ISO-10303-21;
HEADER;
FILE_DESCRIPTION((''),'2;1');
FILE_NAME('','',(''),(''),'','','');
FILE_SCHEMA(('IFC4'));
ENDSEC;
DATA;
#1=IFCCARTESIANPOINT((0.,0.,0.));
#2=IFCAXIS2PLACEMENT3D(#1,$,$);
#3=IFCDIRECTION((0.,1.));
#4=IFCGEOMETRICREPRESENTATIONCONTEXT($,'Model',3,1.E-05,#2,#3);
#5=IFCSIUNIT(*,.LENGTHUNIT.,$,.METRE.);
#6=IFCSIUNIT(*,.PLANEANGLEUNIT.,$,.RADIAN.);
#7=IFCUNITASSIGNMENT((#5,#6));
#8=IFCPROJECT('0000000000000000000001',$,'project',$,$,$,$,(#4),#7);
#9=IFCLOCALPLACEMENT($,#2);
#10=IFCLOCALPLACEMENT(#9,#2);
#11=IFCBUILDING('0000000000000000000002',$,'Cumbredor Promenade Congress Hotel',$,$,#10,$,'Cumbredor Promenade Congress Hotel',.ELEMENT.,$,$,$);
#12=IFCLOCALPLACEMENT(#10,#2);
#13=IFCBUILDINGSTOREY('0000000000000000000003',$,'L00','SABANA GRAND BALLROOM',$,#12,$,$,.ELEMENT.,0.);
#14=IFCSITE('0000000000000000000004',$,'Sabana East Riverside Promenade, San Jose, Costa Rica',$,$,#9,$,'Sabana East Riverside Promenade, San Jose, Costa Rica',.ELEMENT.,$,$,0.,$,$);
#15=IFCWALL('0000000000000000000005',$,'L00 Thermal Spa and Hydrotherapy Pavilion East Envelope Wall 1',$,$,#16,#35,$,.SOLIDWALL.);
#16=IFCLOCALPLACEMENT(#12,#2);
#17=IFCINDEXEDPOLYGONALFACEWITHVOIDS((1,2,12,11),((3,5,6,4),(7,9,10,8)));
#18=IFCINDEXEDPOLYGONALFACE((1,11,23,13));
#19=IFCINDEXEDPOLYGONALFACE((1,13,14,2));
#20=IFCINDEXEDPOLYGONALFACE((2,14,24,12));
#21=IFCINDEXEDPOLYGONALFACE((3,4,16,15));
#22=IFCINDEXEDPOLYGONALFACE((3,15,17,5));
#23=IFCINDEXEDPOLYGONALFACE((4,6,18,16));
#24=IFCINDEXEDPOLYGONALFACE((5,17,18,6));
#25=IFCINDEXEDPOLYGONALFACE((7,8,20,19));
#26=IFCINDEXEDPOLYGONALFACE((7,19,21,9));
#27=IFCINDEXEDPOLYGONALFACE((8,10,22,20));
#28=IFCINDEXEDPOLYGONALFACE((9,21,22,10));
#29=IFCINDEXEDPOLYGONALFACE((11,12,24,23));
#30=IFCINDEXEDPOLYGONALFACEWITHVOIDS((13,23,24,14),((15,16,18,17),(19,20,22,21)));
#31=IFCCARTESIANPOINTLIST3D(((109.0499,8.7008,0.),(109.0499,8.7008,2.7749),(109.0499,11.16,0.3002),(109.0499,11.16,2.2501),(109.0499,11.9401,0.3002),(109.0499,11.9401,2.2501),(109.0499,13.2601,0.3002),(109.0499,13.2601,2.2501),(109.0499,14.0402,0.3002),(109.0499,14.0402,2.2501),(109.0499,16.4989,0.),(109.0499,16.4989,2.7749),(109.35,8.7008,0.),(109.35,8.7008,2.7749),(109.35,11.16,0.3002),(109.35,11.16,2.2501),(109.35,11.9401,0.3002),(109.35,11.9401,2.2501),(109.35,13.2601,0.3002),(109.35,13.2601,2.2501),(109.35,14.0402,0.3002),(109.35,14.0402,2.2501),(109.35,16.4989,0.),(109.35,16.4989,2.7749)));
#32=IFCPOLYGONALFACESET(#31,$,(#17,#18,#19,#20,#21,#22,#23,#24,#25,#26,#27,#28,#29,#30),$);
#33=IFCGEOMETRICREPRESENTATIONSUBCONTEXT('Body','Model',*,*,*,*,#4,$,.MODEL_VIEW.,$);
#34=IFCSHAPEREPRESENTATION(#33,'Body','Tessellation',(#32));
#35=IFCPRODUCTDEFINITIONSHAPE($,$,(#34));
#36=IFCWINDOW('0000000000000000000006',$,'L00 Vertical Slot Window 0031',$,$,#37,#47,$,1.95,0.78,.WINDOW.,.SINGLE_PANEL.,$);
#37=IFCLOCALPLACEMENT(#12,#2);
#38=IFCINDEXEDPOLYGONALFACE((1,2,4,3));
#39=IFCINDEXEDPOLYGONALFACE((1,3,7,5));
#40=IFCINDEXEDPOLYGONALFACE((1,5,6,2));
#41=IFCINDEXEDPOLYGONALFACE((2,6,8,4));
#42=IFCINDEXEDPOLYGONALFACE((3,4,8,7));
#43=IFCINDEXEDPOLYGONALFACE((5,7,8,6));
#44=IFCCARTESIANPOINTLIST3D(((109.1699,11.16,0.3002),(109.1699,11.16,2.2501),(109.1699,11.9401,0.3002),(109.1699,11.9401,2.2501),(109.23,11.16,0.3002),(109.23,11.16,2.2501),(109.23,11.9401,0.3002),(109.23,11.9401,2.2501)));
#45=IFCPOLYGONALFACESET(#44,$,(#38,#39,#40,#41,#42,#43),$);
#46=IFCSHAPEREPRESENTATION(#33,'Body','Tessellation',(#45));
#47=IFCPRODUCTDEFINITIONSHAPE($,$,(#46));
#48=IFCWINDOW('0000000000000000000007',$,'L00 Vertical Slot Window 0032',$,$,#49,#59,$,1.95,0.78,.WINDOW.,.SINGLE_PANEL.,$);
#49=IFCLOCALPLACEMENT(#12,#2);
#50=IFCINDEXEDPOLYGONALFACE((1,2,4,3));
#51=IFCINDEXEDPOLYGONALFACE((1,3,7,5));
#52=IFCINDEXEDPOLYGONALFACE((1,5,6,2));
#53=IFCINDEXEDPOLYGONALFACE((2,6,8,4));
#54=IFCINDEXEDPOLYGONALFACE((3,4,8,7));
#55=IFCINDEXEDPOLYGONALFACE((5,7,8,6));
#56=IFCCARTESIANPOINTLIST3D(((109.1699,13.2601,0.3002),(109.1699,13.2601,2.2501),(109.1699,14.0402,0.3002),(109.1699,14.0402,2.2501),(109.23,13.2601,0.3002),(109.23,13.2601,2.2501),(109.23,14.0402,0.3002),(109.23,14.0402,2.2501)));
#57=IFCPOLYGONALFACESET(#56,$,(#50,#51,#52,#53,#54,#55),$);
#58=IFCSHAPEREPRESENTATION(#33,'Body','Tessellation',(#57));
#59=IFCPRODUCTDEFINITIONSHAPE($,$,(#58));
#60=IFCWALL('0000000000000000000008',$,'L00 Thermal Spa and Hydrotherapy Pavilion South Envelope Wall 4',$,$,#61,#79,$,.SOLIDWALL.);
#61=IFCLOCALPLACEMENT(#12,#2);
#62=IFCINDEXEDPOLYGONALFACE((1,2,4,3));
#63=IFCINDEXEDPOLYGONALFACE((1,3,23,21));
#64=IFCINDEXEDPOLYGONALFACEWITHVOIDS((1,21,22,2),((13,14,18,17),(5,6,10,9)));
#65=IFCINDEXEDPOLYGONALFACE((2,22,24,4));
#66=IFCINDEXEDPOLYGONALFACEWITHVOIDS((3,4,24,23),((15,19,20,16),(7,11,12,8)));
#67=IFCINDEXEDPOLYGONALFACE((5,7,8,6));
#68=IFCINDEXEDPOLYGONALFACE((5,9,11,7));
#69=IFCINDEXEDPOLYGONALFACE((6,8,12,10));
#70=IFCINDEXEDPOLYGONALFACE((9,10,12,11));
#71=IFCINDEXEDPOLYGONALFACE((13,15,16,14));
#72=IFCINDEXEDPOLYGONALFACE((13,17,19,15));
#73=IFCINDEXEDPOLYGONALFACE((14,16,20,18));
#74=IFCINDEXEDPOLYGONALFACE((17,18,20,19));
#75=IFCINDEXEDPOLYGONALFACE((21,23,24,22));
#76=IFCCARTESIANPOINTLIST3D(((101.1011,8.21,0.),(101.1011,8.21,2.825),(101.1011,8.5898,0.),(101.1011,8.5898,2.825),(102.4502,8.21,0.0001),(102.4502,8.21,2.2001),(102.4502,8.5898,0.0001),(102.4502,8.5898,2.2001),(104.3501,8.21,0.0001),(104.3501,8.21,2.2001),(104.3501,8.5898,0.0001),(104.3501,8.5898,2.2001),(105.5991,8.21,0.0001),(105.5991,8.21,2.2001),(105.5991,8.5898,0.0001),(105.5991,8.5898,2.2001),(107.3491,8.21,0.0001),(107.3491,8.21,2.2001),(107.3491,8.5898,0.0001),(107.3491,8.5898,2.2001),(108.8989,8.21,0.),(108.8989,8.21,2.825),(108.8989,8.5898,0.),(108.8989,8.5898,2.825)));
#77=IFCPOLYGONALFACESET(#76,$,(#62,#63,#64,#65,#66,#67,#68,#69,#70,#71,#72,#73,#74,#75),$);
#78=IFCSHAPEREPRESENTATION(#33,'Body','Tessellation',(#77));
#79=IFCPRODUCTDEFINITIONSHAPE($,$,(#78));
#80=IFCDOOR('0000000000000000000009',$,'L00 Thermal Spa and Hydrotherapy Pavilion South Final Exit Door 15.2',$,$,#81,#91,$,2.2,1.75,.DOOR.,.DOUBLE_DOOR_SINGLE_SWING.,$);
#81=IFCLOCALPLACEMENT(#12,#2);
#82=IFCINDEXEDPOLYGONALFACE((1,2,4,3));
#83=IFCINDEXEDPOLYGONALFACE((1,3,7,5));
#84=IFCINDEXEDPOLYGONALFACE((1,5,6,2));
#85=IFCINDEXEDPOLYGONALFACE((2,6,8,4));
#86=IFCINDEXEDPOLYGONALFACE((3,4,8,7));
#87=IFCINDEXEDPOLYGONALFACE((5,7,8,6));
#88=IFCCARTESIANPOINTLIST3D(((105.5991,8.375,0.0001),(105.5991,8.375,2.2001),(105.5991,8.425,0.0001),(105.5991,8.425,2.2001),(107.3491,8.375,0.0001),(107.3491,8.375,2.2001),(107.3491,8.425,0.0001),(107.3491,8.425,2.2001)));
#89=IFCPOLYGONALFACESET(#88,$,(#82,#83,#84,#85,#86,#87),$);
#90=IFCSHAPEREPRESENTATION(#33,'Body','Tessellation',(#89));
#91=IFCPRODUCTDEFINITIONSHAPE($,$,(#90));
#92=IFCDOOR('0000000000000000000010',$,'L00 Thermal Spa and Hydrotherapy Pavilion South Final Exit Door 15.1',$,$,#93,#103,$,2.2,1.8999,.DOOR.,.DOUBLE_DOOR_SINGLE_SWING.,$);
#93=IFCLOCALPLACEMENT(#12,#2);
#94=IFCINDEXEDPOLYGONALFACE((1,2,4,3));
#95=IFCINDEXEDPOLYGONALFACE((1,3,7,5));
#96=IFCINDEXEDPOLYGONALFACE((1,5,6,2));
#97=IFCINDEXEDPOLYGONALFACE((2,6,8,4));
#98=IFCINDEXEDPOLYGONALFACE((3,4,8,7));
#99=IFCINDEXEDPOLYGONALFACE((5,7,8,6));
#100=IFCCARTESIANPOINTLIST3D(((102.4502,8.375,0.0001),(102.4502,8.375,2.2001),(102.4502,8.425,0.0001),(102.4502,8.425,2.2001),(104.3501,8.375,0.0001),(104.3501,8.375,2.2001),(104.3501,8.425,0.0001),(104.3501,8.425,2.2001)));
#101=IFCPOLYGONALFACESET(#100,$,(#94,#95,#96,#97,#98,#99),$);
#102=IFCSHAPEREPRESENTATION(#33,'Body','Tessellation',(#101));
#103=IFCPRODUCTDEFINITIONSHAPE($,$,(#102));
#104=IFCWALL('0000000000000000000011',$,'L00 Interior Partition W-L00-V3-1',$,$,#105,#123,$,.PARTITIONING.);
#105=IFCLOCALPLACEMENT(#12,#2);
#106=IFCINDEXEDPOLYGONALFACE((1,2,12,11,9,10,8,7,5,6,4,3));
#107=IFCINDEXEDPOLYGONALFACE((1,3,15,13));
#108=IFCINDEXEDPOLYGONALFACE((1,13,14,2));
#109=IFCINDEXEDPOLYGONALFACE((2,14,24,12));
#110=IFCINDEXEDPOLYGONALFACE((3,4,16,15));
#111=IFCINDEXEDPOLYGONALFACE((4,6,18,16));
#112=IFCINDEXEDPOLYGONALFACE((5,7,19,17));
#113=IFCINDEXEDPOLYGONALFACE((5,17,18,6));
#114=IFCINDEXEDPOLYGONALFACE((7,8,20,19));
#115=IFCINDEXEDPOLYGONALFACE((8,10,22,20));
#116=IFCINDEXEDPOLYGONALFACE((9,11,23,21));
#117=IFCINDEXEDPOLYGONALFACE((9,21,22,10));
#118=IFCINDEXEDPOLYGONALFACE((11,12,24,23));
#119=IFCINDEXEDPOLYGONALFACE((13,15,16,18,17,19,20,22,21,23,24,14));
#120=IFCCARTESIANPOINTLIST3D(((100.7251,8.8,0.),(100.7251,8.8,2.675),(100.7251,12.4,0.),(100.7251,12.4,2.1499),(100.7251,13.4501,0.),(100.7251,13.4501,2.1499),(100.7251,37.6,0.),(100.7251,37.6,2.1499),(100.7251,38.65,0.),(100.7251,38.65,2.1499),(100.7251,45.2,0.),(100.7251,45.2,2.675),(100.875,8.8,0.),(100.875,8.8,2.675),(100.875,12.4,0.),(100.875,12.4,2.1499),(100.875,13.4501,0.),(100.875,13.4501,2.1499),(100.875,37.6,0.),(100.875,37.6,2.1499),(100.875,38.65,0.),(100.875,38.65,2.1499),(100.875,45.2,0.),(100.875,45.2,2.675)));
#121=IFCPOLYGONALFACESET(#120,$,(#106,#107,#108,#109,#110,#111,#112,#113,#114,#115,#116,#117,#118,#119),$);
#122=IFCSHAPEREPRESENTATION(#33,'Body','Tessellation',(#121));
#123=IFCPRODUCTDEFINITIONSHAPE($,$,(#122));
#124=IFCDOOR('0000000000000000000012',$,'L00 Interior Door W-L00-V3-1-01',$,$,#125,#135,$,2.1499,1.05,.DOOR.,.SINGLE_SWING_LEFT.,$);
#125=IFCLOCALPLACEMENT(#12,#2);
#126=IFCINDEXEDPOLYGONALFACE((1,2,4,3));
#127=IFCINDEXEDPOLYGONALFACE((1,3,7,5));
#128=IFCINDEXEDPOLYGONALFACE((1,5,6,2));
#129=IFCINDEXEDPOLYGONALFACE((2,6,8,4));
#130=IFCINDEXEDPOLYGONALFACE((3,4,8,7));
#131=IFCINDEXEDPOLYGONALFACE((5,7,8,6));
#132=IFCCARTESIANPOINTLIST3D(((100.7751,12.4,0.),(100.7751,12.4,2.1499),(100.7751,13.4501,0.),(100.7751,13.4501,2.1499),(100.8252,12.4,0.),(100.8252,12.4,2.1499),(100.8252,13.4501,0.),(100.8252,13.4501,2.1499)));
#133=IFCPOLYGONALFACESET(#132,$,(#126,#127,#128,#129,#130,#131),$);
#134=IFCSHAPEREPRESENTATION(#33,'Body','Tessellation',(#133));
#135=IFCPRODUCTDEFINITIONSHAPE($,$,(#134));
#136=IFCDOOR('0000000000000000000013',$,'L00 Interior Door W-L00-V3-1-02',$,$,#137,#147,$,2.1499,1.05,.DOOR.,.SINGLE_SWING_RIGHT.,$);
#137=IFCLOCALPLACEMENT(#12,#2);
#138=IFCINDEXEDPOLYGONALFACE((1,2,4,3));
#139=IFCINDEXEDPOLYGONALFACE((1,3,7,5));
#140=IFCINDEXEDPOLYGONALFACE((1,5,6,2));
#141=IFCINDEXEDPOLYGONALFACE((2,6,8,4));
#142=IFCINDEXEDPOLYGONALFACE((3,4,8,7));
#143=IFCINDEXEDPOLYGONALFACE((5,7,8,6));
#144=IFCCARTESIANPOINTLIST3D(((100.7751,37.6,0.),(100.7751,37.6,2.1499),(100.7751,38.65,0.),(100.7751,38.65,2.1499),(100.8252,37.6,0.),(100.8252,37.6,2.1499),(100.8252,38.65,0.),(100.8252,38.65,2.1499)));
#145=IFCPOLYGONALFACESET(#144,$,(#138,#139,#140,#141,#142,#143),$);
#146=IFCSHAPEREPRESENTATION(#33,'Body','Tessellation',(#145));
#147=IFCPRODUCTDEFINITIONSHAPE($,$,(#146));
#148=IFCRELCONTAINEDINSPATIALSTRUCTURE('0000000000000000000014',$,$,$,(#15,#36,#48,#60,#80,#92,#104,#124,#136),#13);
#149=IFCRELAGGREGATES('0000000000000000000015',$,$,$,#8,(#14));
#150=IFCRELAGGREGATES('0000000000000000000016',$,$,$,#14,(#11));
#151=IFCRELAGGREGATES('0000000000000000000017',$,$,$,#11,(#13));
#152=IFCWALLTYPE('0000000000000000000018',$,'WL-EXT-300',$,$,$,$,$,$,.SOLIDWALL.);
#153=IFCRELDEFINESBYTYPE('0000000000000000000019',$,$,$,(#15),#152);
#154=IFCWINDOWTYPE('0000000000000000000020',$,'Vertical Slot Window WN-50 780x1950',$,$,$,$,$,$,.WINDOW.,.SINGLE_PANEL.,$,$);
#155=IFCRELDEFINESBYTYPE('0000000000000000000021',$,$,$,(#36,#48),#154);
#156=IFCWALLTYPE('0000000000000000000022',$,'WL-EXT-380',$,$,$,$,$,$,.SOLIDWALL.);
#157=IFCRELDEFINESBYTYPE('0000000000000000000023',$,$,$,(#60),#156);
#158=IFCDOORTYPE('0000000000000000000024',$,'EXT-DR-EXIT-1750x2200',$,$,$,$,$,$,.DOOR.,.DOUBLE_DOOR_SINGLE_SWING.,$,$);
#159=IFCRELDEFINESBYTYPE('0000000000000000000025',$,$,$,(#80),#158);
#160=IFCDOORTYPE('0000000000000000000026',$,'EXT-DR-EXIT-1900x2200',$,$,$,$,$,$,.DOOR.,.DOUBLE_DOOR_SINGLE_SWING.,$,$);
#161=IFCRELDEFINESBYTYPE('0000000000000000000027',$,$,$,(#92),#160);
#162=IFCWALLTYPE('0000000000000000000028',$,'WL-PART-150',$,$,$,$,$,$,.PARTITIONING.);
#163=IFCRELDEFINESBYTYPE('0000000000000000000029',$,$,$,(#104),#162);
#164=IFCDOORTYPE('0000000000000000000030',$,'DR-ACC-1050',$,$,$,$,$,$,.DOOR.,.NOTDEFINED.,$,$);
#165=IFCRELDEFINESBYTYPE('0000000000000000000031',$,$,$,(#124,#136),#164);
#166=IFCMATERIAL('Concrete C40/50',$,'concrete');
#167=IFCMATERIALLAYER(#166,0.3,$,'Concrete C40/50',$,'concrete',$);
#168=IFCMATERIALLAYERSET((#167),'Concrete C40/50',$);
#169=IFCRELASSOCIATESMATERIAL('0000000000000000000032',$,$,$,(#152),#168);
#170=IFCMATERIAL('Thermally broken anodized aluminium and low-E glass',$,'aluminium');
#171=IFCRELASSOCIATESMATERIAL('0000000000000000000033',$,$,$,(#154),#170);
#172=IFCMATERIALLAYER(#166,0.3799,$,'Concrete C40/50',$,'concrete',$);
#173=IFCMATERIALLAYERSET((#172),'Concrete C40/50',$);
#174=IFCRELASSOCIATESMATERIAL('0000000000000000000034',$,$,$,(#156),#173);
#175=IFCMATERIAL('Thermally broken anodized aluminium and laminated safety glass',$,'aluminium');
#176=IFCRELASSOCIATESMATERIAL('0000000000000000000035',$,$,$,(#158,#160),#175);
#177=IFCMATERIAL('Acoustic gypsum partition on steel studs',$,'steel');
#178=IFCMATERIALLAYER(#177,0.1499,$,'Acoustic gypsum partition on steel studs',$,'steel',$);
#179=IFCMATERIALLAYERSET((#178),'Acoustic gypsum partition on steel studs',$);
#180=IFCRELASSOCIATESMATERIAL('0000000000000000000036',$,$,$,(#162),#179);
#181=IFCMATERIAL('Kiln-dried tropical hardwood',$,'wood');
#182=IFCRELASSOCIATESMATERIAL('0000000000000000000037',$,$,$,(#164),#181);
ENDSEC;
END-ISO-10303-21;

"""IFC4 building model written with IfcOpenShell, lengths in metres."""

from ifc_helpers import new_model, si_unit, direction, frame, frame_2d, origin, place, context, subcontext, project, spatial, rectangle, extrude, material, layer, layer_set, type_object, element, fill, save


model = new_model("IFC4")

# Units and contexts
model_context = context("Model", 3, precision=1e-05, world=origin(), true_north=direction((0.0, 1.0)))
body_context = subcontext(model_context, "Body", "Model", "MODEL_VIEW")
ifc_project = project(units=[si_unit("LENGTHUNIT", "METRE"), si_unit("PLANEANGLEUNIT", "RADIAN")], contexts=[model_context])

# Site, building, storey
site_placement = place(None, origin())
site = spatial("IfcSite", under=ifc_project, at=site_placement, Name="Sabana East Riverside Promenade, San Jose, Costa Rica", LongName="Sabana East Riverside Promenade, San Jose, Costa Rica", CompositionType="ELEMENT", RefElevation=0.0)
building_placement = place(site_placement, origin())
building = spatial("IfcBuilding", under=site, at=building_placement, Name="Cumbredor Promenade Congress Hotel", LongName="Cumbredor Promenade Congress Hotel", CompositionType="ELEMENT")
storey_placement = place(building_placement, origin())
storey = spatial("IfcBuildingStorey", under=building, at=storey_placement, Name="L00", Description="SABANA GRAND BALLROOM", CompositionType="ELEMENT", Elevation=0.0)

# Shared definitions
ifc_material_1 = material(Name="Concrete C40/50", Category="concrete")

# Wall, openings, windows
ifc_layer_1 = layer(ifc_material_1, 0.3, Name="Concrete C40/50", Category="concrete")
ifc_layer_set_1 = layer_set([ifc_layer_1], Name="Concrete C40/50")
wall_type_1 = type_object("IfcWallType", Name="WL-EXT-300", PredefinedType="SOLIDWALL", material=ifc_layer_set_1)
wall_1_placement = place(storey_placement, frame((109.2, 8.7009, 0.0), z_axis=(0.0, 0.0, 1.0), x_axis=(0.0, 1.0, 0.0)))
wall_1 = element("IfcWall", 1, at=wall_1_placement, inside=storey, type_object=wall_type_1, Name="L00 Thermal Spa and Hydrotherapy Pavilion East Envelope Wall 1", PredefinedType="SOLIDWALL", context=body_context, shape_type="SweptSolid", body=[
    extrude(rectangle(XDim=7.7981, YDim=0.3, at=frame_2d((3.8989, 0.0))), origin(), (0.0, 0.0, 1.0), 2.7749),
])
opening_1_placement = place(wall_1_placement, frame((2.459, 0.0, 0.3)))
opening_1 = element("IfcOpeningElement", 2, at=opening_1_placement, cuts=wall_1, PredefinedType="OPENING", context=body_context, shape_type="SweptSolid", body=[
    extrude(rectangle(XDim=0.78, YDim=1.95, at=frame_2d((0.3901, 0.9751))), frame((0.0, 0.1602, 0.0), z_axis=(0.0, -1.0, 0.0), x_axis=(1.0, 0.0, 0.0)), (0.0, 0.0, 1.0), 0.3201),
])
opening_2_placement = place(wall_1_placement, frame((4.5591, 0.0, 0.3)))
opening_2 = element("IfcOpeningElement", 3, at=opening_2_placement, cuts=wall_1, PredefinedType="OPENING", context=body_context, shape_type="SweptSolid", body=[
    extrude(rectangle(XDim=0.78, YDim=1.95, at=frame_2d((0.3901, 0.9751))), frame((0.0, 0.1602, 0.0), z_axis=(0.0, -1.0, 0.0), x_axis=(1.0, 0.0, 0.0)), (0.0, 0.0, 1.0), 0.3201),
])
ifc_material_2 = material(Name="Thermally broken anodized aluminium and low-E glass", Category="aluminium")
window_type = type_object("IfcWindowType", Name="Vertical Slot Window WN-50 780x1950", PartitioningType="SINGLE_PANEL", PredefinedType="WINDOW", material=ifc_material_2)
window_1_placement = place(opening_1_placement, origin())
window_1 = element("IfcWindow", 4, at=window_1_placement, inside=storey, type_object=window_type, Name="L00 Vertical Slot Window 0031", OverallHeight=1.95, OverallWidth=0.78, PartitioningType="SINGLE_PANEL", PredefinedType="WINDOW", context=body_context, shape_type="SweptSolid", body=[
    extrude(rectangle(XDim=0.78, YDim=1.95, at=frame_2d((0.3901, 0.9751))), frame((0.0, 0.03, 0.0), z_axis=(0.0, -1.0, 0.0), x_axis=(1.0, 0.0, 0.0)), (0.0, 0.0, 1.0), 0.0601),
])
fill(opening_1, window_1)
window_2_placement = place(opening_2_placement, origin())
window_2 = element("IfcWindow", 5, at=window_2_placement, inside=storey, type_object=window_type, Name="L00 Vertical Slot Window 0032", OverallHeight=1.95, OverallWidth=0.78, PartitioningType="SINGLE_PANEL", PredefinedType="WINDOW", context=body_context, shape_type="SweptSolid", body=[
    extrude(rectangle(XDim=0.78, YDim=1.95, at=frame_2d((0.3901, 0.9751))), frame((0.0, 0.03, 0.0), z_axis=(0.0, -1.0, 0.0), x_axis=(1.0, 0.0, 0.0)), (0.0, 0.0, 1.0), 0.0601),
])
fill(opening_2, window_2)

# Walls, openings, doors
ifc_layer_2 = layer(ifc_material_1, 0.3799, Name="Concrete C40/50", Category="concrete")
ifc_layer_set_2 = layer_set([ifc_layer_2], Name="Concrete C40/50")
wall_type_2 = type_object("IfcWallType", Name="WL-EXT-380", PredefinedType="SOLIDWALL", material=ifc_layer_set_2)
wall_2_placement = place(storey_placement, frame((101.1011, 8.3999, 0.0), z_axis=(0.0, 0.0, 1.0), x_axis=(1.0, 0.0, 0.0)))
wall_2 = element("IfcWall", 6, at=wall_2_placement, inside=storey, type_object=wall_type_2, Name="L00 Thermal Spa and Hydrotherapy Pavilion South Envelope Wall 4", PredefinedType="SOLIDWALL", context=body_context, shape_type="SweptSolid", body=[
    extrude(rectangle(XDim=7.7979, YDim=0.3799, at=frame_2d((3.8989, 0.0))), origin(), (0.0, 0.0, 1.0), 2.825),
])
opening_3_placement = place(wall_2_placement, frame((1.3491, 0.0, 0.0)))
opening_3 = element("IfcOpeningElement", 7, at=opening_3_placement, cuts=wall_2, PredefinedType="OPENING", context=body_context, shape_type="SweptSolid", body=[
    extrude(rectangle(XDim=1.8999, YDim=2.2, at=frame_2d((0.95, 1.1001))), frame((0.0, 0.2, 0.0), z_axis=(0.0, -1.0, 0.0), x_axis=(1.0, 0.0, 0.0)), (0.0, 0.0, 1.0), 0.3999),
])
opening_4_placement = place(wall_2_placement, frame((4.498, 0.0, 0.0)))
opening_4 = element("IfcOpeningElement", 8, at=opening_4_placement, cuts=wall_2, PredefinedType="OPENING", context=body_context, shape_type="SweptSolid", body=[
    extrude(rectangle(XDim=1.75, YDim=2.2, at=frame_2d((0.875, 1.1001))), frame((0.0, 0.2, 0.0), z_axis=(0.0, -1.0, 0.0), x_axis=(1.0, 0.0, 0.0)), (0.0, 0.0, 1.0), 0.3999),
])
ifc_material_3 = material(Name="Thermally broken anodized aluminium and laminated safety glass", Category="aluminium")
door_type_1 = type_object("IfcDoorType", Name="EXT-DR-EXIT-1750x2200", OperationType="DOUBLE_DOOR_SINGLE_SWING", PredefinedType="DOOR", material=ifc_material_3)
door_1_placement = place(opening_4_placement, frame((1.75, 0.0, 0.0), z_axis=(0.0, 0.0, 1.0), x_axis=(-1.0, 0.0, 0.0)))
door_1 = element("IfcDoor", 9, at=door_1_placement, inside=storey, type_object=door_type_1, Name="L00 Thermal Spa and Hydrotherapy Pavilion South Final Exit Door 15.2", OperationType="DOUBLE_DOOR_SINGLE_SWING", OverallHeight=2.2, OverallWidth=1.75, PredefinedType="DOOR", context=body_context, shape_type="SweptSolid", body=[
    extrude(rectangle(XDim=1.75, YDim=2.2, at=frame_2d((0.875, 1.1001))), frame((0.0, 0.0249, 0.0), z_axis=(0.0, -1.0, 0.0), x_axis=(1.0, 0.0, 0.0)), (0.0, 0.0, 1.0), 0.05),
])
fill(opening_4, door_1)
door_type_2 = type_object("IfcDoorType", Name="EXT-DR-EXIT-1900x2200", OperationType="DOUBLE_DOOR_SINGLE_SWING", PredefinedType="DOOR", material=ifc_material_3)
door_2_placement = place(opening_3_placement, frame((1.8999, 0.0, 0.0), z_axis=(0.0, 0.0, 1.0), x_axis=(-1.0, 0.0, 0.0)))
door_2 = element("IfcDoor", 10, at=door_2_placement, inside=storey, type_object=door_type_2, Name="L00 Thermal Spa and Hydrotherapy Pavilion South Final Exit Door 15.1", OperationType="DOUBLE_DOOR_SINGLE_SWING", OverallHeight=2.2, OverallWidth=1.8999, PredefinedType="DOOR", context=body_context, shape_type="SweptSolid", body=[
    extrude(rectangle(XDim=1.8999, YDim=2.2, at=frame_2d((0.95, 1.1001))), frame((0.0, 0.0249, 0.0), z_axis=(0.0, -1.0, 0.0), x_axis=(1.0, 0.0, 0.0)), (0.0, 0.0, 1.0), 0.05),
])
fill(opening_3, door_2)
ifc_material_4 = material(Name="Acoustic gypsum partition on steel studs", Category="steel")
ifc_layer_3 = layer(ifc_material_4, 0.1499, Name="Acoustic gypsum partition on steel studs", Category="steel")
ifc_layer_set_3 = layer_set([ifc_layer_3], Name="Acoustic gypsum partition on steel studs")
wall_type_3 = type_object("IfcWallType", Name="WL-PART-150", PredefinedType="PARTITIONING", material=ifc_layer_set_3)
wall_3_placement = place(storey_placement, frame((100.8, 8.8, 0.0), z_axis=(0.0, 0.0, 1.0), x_axis=(0.0, 1.0, 0.0)))
wall_3 = element("IfcWall", 11, at=wall_3_placement, inside=storey, type_object=wall_type_3, Name="L00 Interior Partition W-L00-V3-1", PredefinedType="PARTITIONING", context=body_context, shape_type="SweptSolid", body=[
    extrude(rectangle(XDim=36.3999, YDim=0.1499, at=frame_2d((18.2, 0.0))), origin(), (0.0, 0.0, 1.0), 2.675),
])
opening_5_placement = place(wall_3_placement, frame((3.6001, 0.0, 0.0)))
opening_5 = element("IfcOpeningElement", 12, at=opening_5_placement, cuts=wall_3, PredefinedType="OPENING", context=body_context, shape_type="SweptSolid", body=[
    extrude(rectangle(XDim=1.05, YDim=2.1499, at=frame_2d((0.5249, 1.075))), frame((0.0, 0.085, 0.0), z_axis=(0.0, -1.0, 0.0), x_axis=(1.0, 0.0, 0.0)), (0.0, 0.0, 1.0), 0.1699),
])
opening_6_placement = place(wall_3_placement, frame((28.8, 0.0, 0.0)))
opening_6 = element("IfcOpeningElement", 13, at=opening_6_placement, cuts=wall_3, PredefinedType="OPENING", context=body_context, shape_type="SweptSolid", body=[
    extrude(rectangle(XDim=1.05, YDim=2.1499, at=frame_2d((0.5249, 1.075))), frame((0.0, 0.085, 0.0), z_axis=(0.0, -1.0, 0.0), x_axis=(1.0, 0.0, 0.0)), (0.0, 0.0, 1.0), 0.1699),
])
ifc_material_5 = material(Name="Kiln-dried tropical hardwood", Category="wood")
door_type_3 = type_object("IfcDoorType", Name="DR-ACC-1050", OperationType="NOTDEFINED", PredefinedType="DOOR", material=ifc_material_5)
door_3_placement = place(opening_5_placement, origin())
door_3 = element("IfcDoor", 14, at=door_3_placement, inside=storey, type_object=door_type_3, Name="L00 Interior Door W-L00-V3-1-01", OperationType="SINGLE_SWING_LEFT", OverallHeight=2.1499, OverallWidth=1.05, PredefinedType="DOOR", context=body_context, shape_type="SweptSolid", body=[
    extrude(rectangle(XDim=1.05, YDim=2.1499, at=frame_2d((0.5249, 1.075))), frame((0.0, 0.0249, 0.0), z_axis=(0.0, -1.0, 0.0), x_axis=(1.0, 0.0, 0.0)), (0.0, 0.0, 1.0), 0.05),
])
fill(opening_5, door_3)
door_4_placement = place(opening_6_placement, origin())
door_4 = element("IfcDoor", 15, at=door_4_placement, inside=storey, type_object=door_type_3, Name="L00 Interior Door W-L00-V3-1-02", OperationType="SINGLE_SWING_RIGHT", OverallHeight=2.1499, OverallWidth=1.05, PredefinedType="DOOR", context=body_context, shape_type="SweptSolid", body=[
    extrude(rectangle(XDim=1.05, YDim=2.1499, at=frame_2d((0.5249, 1.075))), frame((0.0, 0.0249, 0.0), z_axis=(0.0, -1.0, 0.0), x_axis=(1.0, 0.0, 0.0)), (0.0, 0.0, 1.0), 0.05),
])
fill(opening_6, door_4)

save(model, "model.ifc")
